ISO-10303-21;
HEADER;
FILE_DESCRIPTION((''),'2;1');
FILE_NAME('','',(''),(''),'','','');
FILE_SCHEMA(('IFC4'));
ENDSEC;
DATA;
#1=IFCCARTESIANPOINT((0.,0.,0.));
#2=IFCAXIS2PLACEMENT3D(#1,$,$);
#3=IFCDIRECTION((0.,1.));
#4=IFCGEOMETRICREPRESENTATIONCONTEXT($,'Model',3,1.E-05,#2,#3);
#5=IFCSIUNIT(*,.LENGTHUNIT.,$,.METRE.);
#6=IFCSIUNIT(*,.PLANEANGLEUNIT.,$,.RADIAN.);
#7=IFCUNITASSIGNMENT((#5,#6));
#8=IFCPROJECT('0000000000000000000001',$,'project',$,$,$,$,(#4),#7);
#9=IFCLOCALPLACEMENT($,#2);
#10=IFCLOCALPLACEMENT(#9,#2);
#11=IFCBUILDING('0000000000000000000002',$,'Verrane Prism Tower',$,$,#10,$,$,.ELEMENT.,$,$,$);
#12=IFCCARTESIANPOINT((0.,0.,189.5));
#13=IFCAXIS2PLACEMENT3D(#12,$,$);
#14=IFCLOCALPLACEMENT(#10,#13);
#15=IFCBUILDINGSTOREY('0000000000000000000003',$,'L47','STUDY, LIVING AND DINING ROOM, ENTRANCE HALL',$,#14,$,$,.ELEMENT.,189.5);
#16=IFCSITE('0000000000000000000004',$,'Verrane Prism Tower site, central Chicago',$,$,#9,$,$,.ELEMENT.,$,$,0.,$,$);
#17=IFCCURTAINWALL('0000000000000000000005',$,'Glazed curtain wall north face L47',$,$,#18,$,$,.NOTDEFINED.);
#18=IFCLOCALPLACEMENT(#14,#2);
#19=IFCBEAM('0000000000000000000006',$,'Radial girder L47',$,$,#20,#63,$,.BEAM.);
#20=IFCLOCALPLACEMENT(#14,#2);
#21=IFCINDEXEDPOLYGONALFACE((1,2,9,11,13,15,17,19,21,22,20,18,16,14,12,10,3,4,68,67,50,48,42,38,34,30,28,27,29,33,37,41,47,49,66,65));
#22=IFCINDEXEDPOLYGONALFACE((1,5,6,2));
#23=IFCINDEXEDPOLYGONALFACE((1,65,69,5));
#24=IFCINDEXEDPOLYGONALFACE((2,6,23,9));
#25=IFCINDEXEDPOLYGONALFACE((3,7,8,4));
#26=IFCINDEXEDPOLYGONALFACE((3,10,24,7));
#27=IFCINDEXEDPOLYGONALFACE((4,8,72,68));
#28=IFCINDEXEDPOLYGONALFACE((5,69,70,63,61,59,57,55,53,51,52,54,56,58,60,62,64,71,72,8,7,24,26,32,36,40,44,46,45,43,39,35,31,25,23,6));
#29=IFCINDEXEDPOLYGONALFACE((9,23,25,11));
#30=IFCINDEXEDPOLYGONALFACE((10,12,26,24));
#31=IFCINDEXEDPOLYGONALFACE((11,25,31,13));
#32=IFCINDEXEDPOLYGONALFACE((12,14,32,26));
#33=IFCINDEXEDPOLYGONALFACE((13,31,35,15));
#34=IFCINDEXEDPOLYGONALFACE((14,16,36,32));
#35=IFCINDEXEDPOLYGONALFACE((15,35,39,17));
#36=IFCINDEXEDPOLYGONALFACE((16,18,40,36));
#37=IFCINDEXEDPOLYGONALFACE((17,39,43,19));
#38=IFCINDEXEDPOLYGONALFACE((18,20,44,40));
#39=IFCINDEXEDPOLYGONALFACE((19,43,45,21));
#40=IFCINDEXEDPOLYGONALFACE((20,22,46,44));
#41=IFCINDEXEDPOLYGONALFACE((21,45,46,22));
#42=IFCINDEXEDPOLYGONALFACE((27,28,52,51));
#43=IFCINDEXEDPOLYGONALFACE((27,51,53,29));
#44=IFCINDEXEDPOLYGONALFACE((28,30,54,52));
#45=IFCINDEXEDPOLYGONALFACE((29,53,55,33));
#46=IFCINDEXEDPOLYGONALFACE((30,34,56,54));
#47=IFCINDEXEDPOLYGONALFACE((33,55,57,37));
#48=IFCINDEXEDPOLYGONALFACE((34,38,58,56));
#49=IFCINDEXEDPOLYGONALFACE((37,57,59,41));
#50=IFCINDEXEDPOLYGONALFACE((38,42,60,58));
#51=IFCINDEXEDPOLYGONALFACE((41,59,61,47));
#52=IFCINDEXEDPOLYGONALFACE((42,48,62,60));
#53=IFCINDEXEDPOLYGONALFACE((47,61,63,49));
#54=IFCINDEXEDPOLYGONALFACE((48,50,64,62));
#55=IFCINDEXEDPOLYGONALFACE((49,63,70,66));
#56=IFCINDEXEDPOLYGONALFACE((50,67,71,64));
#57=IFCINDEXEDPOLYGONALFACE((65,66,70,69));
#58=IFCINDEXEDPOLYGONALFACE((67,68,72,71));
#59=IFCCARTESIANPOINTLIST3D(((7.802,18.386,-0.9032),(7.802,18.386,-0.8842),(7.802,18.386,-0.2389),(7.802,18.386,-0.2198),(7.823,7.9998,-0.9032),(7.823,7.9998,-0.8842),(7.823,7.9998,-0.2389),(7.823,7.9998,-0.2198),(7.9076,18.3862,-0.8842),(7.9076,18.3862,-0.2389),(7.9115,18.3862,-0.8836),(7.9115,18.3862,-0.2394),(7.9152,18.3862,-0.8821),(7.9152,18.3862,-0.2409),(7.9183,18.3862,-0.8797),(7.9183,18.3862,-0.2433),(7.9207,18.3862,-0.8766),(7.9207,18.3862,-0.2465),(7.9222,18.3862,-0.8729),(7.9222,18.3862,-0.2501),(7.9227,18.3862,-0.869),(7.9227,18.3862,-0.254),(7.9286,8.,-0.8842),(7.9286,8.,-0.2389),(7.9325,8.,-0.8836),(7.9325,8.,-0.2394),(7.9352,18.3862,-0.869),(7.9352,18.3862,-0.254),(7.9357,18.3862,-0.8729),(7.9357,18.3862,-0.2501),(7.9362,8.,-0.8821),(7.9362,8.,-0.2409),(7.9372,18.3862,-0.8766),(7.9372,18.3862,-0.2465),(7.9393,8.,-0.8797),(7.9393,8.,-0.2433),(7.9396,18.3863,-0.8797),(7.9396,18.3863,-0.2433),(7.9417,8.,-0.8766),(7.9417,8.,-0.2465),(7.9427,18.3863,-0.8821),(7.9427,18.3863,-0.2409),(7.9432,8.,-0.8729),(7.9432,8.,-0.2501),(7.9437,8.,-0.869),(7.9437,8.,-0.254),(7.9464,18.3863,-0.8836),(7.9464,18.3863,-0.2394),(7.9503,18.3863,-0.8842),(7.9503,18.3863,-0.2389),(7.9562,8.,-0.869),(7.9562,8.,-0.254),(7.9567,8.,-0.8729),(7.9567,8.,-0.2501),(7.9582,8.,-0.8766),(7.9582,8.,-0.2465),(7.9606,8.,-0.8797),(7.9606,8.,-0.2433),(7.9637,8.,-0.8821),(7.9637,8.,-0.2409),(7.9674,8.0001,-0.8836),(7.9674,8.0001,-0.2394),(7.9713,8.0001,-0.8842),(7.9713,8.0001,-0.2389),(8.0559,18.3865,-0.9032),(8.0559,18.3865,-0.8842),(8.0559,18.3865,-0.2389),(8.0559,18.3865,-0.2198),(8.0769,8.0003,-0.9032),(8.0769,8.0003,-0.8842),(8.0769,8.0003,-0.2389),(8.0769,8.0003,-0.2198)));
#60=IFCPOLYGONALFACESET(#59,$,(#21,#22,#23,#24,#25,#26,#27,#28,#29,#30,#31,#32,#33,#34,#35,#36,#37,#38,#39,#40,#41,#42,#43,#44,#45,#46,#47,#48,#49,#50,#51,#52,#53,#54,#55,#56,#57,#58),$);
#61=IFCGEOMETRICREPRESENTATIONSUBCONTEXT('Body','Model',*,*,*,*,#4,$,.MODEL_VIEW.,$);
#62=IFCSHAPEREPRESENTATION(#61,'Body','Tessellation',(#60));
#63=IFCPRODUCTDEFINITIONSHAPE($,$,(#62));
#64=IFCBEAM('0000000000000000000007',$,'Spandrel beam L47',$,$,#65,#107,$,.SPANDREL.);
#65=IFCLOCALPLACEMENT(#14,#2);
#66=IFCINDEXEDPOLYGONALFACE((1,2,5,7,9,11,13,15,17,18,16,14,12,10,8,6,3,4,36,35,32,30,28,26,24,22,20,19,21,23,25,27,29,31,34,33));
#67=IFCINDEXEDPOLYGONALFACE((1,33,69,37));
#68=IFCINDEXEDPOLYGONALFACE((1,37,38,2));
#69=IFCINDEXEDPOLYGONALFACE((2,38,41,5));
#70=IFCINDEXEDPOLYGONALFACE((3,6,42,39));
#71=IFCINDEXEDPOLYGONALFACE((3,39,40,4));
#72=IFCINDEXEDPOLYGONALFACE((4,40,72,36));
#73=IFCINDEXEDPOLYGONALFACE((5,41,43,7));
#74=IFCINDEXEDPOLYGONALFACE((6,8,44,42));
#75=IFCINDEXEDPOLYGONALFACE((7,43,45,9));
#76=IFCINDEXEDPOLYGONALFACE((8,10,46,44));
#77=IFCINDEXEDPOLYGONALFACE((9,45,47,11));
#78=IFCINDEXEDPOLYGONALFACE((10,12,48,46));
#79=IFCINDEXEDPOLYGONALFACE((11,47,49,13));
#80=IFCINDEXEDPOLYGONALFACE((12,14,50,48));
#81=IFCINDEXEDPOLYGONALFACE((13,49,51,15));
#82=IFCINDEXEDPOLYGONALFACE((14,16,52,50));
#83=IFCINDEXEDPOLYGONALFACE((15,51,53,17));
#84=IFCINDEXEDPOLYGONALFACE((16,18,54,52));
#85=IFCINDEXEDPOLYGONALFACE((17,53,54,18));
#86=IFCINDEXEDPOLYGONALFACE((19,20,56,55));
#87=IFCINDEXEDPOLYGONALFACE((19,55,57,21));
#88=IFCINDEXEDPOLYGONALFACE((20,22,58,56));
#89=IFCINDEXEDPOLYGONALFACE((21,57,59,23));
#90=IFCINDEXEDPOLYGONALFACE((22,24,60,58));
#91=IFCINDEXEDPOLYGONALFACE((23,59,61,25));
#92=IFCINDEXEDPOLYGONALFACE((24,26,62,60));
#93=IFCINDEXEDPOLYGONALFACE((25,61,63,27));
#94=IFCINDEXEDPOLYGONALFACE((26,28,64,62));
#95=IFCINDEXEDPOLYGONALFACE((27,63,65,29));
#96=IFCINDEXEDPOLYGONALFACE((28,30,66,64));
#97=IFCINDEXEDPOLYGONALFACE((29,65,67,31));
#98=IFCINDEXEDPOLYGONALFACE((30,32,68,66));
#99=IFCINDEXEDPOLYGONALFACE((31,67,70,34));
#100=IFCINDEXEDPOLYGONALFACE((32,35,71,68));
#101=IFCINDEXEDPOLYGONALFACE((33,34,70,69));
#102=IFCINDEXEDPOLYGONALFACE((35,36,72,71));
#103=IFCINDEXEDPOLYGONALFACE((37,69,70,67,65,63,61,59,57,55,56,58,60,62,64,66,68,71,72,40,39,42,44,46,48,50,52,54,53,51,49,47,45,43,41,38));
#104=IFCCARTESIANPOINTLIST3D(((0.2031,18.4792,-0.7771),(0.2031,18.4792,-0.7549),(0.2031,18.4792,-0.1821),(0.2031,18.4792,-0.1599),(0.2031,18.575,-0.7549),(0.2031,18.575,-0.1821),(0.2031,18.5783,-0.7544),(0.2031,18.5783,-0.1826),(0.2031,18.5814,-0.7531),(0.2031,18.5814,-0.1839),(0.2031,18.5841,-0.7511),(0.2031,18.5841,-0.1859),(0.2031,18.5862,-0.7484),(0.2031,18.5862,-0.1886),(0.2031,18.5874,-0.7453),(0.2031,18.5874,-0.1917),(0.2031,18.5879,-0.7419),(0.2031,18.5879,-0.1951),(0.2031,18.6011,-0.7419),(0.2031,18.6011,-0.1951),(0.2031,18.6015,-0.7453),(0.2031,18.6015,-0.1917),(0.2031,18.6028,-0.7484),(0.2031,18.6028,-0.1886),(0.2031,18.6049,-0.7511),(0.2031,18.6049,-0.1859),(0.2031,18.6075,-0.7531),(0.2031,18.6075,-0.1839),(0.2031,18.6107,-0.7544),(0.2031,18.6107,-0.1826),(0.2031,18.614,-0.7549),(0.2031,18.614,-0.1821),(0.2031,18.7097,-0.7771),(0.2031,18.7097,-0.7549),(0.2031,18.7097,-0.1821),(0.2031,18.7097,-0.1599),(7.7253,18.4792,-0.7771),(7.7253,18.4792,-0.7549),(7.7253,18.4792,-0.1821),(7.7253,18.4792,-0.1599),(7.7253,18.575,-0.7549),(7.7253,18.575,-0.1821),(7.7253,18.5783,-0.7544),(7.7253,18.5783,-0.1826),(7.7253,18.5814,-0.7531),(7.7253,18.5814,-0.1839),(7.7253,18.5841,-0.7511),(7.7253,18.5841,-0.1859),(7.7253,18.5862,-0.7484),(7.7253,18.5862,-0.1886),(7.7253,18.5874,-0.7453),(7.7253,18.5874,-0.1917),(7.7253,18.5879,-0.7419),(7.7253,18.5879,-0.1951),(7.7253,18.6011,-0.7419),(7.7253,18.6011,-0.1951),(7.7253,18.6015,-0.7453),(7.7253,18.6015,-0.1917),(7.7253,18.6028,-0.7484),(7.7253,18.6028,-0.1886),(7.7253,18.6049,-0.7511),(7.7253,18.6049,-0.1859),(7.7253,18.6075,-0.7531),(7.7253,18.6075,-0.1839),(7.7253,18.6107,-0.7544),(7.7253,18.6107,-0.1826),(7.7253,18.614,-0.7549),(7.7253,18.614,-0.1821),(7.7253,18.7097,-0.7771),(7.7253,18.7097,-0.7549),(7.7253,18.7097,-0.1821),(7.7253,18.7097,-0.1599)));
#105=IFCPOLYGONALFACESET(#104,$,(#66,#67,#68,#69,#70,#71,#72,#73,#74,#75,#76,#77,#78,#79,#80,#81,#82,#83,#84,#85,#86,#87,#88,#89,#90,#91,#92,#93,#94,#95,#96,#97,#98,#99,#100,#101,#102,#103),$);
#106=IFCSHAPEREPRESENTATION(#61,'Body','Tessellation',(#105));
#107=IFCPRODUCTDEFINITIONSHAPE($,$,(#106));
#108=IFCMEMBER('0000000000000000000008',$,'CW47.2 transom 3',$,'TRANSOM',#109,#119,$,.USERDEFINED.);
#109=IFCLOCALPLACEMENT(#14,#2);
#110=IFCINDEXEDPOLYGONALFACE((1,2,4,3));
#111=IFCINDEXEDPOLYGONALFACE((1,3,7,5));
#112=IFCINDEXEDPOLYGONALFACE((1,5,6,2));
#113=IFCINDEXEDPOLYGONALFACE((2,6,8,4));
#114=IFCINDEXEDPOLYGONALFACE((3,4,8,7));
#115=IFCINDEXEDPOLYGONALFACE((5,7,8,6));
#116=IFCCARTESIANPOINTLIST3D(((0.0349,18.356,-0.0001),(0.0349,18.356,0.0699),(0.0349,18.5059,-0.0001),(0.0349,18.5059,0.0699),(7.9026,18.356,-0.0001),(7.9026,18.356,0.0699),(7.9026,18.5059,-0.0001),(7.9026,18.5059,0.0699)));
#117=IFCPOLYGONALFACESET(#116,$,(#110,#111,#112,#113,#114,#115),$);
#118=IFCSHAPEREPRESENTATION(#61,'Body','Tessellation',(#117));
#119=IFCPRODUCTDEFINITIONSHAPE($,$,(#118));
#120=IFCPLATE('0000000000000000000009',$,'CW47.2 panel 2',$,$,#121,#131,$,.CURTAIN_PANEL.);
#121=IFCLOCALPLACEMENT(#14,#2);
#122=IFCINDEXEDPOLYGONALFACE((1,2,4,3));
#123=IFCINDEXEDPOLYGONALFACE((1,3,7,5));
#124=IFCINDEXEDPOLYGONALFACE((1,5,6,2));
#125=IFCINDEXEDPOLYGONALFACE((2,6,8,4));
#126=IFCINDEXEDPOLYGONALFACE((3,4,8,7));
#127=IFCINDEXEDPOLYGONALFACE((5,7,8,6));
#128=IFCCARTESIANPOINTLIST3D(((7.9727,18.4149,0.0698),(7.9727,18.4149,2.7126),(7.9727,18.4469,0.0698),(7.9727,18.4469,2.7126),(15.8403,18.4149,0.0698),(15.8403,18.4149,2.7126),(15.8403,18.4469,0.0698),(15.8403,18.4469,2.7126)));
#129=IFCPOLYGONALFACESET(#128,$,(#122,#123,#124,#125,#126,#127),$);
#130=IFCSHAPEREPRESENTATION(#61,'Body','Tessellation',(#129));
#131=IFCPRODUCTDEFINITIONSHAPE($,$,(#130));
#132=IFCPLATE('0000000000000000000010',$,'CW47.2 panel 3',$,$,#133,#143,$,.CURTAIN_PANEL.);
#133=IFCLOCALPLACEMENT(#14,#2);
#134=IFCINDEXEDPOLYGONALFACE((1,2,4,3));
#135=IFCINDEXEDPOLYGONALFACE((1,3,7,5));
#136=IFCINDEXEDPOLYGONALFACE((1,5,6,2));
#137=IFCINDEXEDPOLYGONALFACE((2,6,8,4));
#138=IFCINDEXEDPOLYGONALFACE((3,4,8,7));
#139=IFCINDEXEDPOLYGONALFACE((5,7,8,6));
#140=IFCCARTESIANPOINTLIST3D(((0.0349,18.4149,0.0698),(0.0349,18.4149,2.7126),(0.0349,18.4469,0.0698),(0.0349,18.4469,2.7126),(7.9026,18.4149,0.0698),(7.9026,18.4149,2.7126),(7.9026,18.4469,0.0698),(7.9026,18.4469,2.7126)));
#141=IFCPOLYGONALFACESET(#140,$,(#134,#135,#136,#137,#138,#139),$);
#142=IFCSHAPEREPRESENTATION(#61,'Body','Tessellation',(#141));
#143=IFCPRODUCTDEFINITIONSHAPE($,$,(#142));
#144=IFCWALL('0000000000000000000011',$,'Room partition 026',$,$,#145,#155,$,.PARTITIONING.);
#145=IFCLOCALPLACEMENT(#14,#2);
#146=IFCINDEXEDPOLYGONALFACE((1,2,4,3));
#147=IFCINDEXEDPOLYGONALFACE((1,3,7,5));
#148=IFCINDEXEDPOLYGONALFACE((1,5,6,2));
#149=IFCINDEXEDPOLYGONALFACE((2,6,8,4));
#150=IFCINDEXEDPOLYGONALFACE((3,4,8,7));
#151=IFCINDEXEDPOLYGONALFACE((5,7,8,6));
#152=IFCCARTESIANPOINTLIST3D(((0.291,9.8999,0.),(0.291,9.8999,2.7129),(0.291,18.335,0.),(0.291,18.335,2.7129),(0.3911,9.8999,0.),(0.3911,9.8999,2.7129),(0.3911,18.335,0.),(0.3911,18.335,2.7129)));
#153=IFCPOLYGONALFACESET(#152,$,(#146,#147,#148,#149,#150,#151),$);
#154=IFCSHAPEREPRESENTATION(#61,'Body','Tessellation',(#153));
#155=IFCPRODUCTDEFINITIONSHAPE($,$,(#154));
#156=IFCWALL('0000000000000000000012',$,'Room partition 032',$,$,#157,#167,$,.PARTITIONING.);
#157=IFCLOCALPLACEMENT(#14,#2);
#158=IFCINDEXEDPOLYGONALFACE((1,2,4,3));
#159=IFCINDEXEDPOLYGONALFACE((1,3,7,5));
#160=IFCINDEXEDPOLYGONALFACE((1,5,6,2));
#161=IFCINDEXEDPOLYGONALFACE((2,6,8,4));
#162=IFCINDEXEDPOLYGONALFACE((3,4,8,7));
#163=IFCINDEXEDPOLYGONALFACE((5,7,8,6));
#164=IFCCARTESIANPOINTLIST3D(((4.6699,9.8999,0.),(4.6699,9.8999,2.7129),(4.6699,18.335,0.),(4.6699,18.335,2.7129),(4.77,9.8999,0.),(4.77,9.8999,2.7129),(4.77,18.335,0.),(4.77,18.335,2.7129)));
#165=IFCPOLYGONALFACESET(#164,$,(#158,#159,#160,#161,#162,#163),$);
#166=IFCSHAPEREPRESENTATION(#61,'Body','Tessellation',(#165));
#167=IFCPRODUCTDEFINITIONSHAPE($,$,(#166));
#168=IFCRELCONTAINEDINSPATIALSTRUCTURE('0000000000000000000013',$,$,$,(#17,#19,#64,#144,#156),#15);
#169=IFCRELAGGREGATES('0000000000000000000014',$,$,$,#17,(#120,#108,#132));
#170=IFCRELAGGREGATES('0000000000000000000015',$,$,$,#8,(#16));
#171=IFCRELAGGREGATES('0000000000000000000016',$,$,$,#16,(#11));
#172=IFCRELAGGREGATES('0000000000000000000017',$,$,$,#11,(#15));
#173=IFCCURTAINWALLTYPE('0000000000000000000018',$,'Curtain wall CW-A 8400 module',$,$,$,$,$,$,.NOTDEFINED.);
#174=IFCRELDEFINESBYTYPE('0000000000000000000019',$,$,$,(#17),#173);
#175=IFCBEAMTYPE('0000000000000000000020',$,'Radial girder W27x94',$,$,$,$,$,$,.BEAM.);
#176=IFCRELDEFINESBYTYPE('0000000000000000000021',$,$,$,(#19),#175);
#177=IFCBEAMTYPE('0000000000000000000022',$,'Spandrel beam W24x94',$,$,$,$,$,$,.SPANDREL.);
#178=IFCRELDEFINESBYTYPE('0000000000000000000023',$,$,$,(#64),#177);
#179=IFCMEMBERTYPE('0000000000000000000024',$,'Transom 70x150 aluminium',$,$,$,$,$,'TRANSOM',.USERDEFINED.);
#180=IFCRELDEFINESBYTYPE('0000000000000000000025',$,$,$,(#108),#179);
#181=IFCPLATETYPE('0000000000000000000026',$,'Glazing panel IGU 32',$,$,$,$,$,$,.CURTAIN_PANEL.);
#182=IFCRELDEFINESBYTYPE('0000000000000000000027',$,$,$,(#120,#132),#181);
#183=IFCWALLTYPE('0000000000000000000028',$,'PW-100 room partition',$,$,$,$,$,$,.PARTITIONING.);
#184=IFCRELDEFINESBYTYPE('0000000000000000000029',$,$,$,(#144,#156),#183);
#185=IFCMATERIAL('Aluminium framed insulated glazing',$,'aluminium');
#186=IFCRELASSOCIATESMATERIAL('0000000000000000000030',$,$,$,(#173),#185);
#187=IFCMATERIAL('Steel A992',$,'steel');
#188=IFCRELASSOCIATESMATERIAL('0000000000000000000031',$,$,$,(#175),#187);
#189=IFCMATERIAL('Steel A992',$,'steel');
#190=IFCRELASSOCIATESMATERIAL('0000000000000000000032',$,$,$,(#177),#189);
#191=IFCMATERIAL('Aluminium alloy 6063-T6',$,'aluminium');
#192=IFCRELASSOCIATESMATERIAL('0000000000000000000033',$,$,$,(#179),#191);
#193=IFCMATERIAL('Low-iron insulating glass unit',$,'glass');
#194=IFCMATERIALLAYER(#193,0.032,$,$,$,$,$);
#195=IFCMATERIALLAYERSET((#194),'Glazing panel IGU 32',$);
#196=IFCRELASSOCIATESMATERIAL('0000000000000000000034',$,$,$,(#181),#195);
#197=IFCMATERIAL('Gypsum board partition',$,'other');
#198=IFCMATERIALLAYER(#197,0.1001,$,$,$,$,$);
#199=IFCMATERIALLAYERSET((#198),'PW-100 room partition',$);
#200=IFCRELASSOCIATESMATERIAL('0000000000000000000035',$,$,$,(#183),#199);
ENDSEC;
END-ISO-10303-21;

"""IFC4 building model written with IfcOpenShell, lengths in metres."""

from ifc_helpers import new_model, si_unit, direction, frame, frame_2d, origin, origin_2d, place, context, subcontext, project, spatial, rectangle, i_section, extrude, material, layer, layer_set, material_profile, profile_set, type_object, element, aggregate, save


model = new_model("IFC4")

# Units and contexts
model_context = context("Model", 3, precision=1e-05, world=origin(), true_north=direction((0.0, 1.0)))
body_context = subcontext(model_context, "Body", "Model", "MODEL_VIEW")
ifc_project = project(units=[si_unit("LENGTHUNIT", "METRE"), si_unit("PLANEANGLEUNIT", "RADIAN")], contexts=[model_context])

# Site, building, storey
site_placement = place(None, origin())
site = spatial("IfcSite", under=ifc_project, at=site_placement, Name="Verrane Prism Tower site, central Chicago", CompositionType="ELEMENT", RefElevation=0.0)
building_placement = place(site_placement, origin())
building = spatial("IfcBuilding", under=site, at=building_placement, Name="Verrane Prism Tower", CompositionType="ELEMENT")
storey_placement = place(building_placement, frame((0.0, 0.0, 189.5)))
storey = spatial("IfcBuildingStorey", under=building, at=storey_placement, Name="L47", Description="STUDY, LIVING AND DINING ROOM, ENTRANCE HALL", CompositionType="ELEMENT", Elevation=189.5)

# Curtain wall
ifc_material_1 = material(Name="Aluminium framed insulated glazing", Category="aluminium")
curtain_wall_type = type_object("IfcCurtainWallType", Name="Curtain wall CW-A 8400 module", PredefinedType="NOTDEFINED", material=ifc_material_1)
curtain_wall_placement = place(storey_placement, origin())
curtain_wall = element("IfcCurtainWall", 1, at=curtain_wall_placement, inside=storey, type_object=curtain_wall_type, Name="Glazed curtain wall north face L47", PredefinedType="NOTDEFINED")

# Beams
ifc_material_2 = material(Name="Steel A992", Category="steel")
ifc_material_profile_1 = material_profile(ifc_material_2, i_section(OverallWidth=0.2539, OverallDepth=0.6833, WebThickness=0.0125, FlangeThickness=0.019, FilletRadius=0.0151, at=origin_2d()), Name="W27x94")
ifc_profile_set_1 = profile_set([ifc_material_profile_1], Name="Steel A992")
beam_type_1 = type_object("IfcBeamType", Name="Radial girder W27x94", PredefinedType="BEAM", material=ifc_profile_set_1)
beam_1_placement = place(storey_placement, frame((7.929, 18.3862, -0.5615), z_axis=(0.002022, -0.999998, 0.0), x_axis=(0.999998, 0.002022, 0.0)))
element("IfcBeam", 2, at=beam_1_placement, inside=storey, type_object=beam_type_1, Name="Radial girder L47", PredefinedType="BEAM", context=body_context, shape_type="SweptSolid", body=[
    extrude(i_section(OverallWidth=0.2539, OverallDepth=0.6833, WebThickness=0.0125, FlangeThickness=0.019, FilletRadius=0.0151, at=origin_2d()), origin(), (0.0, 0.0, 1.0), 10.3862),
])
ifc_material_3 = material(Name="Steel A992", Category="steel")
ifc_material_profile_2 = material_profile(ifc_material_3, i_section(OverallWidth=0.2305, OverallDepth=0.6172, WebThickness=0.0132, FlangeThickness=0.0222, FilletRadius=0.0129, at=origin_2d()), Name="W24x94")
ifc_profile_set_2 = profile_set([ifc_material_profile_2], Name="Steel A992")
beam_type_2 = type_object("IfcBeamType", Name="Spandrel beam W24x94", PredefinedType="SPANDREL", material=ifc_profile_set_2)
beam_2_placement = place(storey_placement, frame((7.7253, 18.5945, -0.4685), z_axis=(-1.0, 0.0, 0.0), x_axis=(0.0, -1.0, 0.0)))
element("IfcBeam", 3, at=beam_2_placement, inside=storey, type_object=beam_type_2, Name="Spandrel beam L47", PredefinedType="SPANDREL", context=body_context, shape_type="SweptSolid", body=[
    extrude(i_section(OverallWidth=0.2305, OverallDepth=0.6172, WebThickness=0.0132, FlangeThickness=0.0222, FilletRadius=0.0129, at=origin_2d()), origin(), (0.0, 0.0, 1.0), 7.5222),
])

# Member
ifc_material_4 = material(Name="Aluminium alloy 6063-T6", Category="aluminium")
ifc_material_profile_3 = material_profile(ifc_material_4, rectangle(XDim=0.1499, YDim=0.0701, at=origin_2d()), Name="Transom 70x150 aluminium")
ifc_profile_set_3 = profile_set([ifc_material_profile_3], Name="Aluminium alloy 6063-T6")
member_type_1 = type_object("IfcMemberType", Name="Transom 70x150 aluminium", ElementType="TRANSOM", PredefinedType="USERDEFINED", material=ifc_profile_set_3)
member_1_placement = place(storey_placement, frame((7.9026, 18.4309, 0.0349), z_axis=(-1.0, 0.0, 0.0), x_axis=(0.0, -1.0, 0.0)))
member_1 = element("IfcMember", 4, at=member_1_placement, type_object=member_type_1, Name="CW47.2 transom 3", ObjectType="TRANSOM", PredefinedType="USERDEFINED", context=body_context, shape_type="SweptSolid", body=[
    extrude(rectangle(XDim=0.1499, YDim=0.0701, at=origin_2d()), origin(), (0.0, 0.0, 1.0), 7.8677),
])

# Plates
ifc_material_5 = material(Name="Low-iron insulating glass unit", Category="glass")
ifc_layer_1 = layer(ifc_material_5, 0.032)
ifc_layer_set_1 = layer_set([ifc_layer_1], Name="Glazing panel IGU 32")
plate_type = type_object("IfcPlateType", Name="Glazing panel IGU 32", PredefinedType="CURTAIN_PANEL", material=ifc_layer_set_1)
plate_1_placement = place(storey_placement, frame((11.9065, 18.4309, 0.0698), z_axis=(0.0, 0.0, 1.0), x_axis=(-1.0, 0.0, 0.0)))
plate_1 = element("IfcPlate", 5, at=plate_1_placement, type_object=plate_type, Name="CW47.2 panel 2", PredefinedType="CURTAIN_PANEL", context=body_context, shape_type="SweptSolid", body=[
    extrude(rectangle(XDim=7.8677, YDim=0.032, at=origin_2d()), origin(), (0.0, 0.0, 1.0), 2.6428),
])
plate_2_placement = place(storey_placement, frame((3.9688, 18.4309, 0.0698), z_axis=(0.0, 0.0, 1.0), x_axis=(-1.0, 0.0, 0.0)))
plate_2 = element("IfcPlate", 6, at=plate_2_placement, type_object=plate_type, Name="CW47.2 panel 3", PredefinedType="CURTAIN_PANEL", context=body_context, shape_type="SweptSolid", body=[
    extrude(rectangle(XDim=7.8677, YDim=0.032, at=origin_2d()), origin(), (0.0, 0.0, 1.0), 2.6428),
])
aggregate(curtain_wall, [plate_1, member_1, plate_2])

# Walls
ifc_material_6 = material(Name="Gypsum board partition", Category="other")
ifc_layer_2 = layer(ifc_material_6, 0.1001)
ifc_layer_set_2 = layer_set([ifc_layer_2], Name="PW-100 room partition")
wall_type_1 = type_object("IfcWallType", Name="PW-100 room partition", PredefinedType="PARTITIONING", material=ifc_layer_set_2)
for number, where, z_axis, x_axis, name in (
    (7, (0.3411, 9.8999, 0.0), (0.0, 0.0, 1.0), (0.0, 1.0, 0.0), "Room partition 026"),
    (8, (4.72, 9.8999, 0.0), (0.0, 0.0, 1.0), (0.0, 1.0, 0.0), "Room partition 032"),
):
    element("IfcWall", number, at=place(storey_placement, frame(where, z_axis=z_axis, x_axis=x_axis)), inside=storey, type_object=wall_type_1, Name=name, PredefinedType="PARTITIONING", context=body_context, shape_type="SweptSolid", body=[
        extrude(rectangle(XDim=8.4351, YDim=0.1001, at=frame_2d((4.2175, 0.0))), origin(), (0.0, 0.0, 1.0), 2.7129),
    ])

save(model, "model.ifc")
